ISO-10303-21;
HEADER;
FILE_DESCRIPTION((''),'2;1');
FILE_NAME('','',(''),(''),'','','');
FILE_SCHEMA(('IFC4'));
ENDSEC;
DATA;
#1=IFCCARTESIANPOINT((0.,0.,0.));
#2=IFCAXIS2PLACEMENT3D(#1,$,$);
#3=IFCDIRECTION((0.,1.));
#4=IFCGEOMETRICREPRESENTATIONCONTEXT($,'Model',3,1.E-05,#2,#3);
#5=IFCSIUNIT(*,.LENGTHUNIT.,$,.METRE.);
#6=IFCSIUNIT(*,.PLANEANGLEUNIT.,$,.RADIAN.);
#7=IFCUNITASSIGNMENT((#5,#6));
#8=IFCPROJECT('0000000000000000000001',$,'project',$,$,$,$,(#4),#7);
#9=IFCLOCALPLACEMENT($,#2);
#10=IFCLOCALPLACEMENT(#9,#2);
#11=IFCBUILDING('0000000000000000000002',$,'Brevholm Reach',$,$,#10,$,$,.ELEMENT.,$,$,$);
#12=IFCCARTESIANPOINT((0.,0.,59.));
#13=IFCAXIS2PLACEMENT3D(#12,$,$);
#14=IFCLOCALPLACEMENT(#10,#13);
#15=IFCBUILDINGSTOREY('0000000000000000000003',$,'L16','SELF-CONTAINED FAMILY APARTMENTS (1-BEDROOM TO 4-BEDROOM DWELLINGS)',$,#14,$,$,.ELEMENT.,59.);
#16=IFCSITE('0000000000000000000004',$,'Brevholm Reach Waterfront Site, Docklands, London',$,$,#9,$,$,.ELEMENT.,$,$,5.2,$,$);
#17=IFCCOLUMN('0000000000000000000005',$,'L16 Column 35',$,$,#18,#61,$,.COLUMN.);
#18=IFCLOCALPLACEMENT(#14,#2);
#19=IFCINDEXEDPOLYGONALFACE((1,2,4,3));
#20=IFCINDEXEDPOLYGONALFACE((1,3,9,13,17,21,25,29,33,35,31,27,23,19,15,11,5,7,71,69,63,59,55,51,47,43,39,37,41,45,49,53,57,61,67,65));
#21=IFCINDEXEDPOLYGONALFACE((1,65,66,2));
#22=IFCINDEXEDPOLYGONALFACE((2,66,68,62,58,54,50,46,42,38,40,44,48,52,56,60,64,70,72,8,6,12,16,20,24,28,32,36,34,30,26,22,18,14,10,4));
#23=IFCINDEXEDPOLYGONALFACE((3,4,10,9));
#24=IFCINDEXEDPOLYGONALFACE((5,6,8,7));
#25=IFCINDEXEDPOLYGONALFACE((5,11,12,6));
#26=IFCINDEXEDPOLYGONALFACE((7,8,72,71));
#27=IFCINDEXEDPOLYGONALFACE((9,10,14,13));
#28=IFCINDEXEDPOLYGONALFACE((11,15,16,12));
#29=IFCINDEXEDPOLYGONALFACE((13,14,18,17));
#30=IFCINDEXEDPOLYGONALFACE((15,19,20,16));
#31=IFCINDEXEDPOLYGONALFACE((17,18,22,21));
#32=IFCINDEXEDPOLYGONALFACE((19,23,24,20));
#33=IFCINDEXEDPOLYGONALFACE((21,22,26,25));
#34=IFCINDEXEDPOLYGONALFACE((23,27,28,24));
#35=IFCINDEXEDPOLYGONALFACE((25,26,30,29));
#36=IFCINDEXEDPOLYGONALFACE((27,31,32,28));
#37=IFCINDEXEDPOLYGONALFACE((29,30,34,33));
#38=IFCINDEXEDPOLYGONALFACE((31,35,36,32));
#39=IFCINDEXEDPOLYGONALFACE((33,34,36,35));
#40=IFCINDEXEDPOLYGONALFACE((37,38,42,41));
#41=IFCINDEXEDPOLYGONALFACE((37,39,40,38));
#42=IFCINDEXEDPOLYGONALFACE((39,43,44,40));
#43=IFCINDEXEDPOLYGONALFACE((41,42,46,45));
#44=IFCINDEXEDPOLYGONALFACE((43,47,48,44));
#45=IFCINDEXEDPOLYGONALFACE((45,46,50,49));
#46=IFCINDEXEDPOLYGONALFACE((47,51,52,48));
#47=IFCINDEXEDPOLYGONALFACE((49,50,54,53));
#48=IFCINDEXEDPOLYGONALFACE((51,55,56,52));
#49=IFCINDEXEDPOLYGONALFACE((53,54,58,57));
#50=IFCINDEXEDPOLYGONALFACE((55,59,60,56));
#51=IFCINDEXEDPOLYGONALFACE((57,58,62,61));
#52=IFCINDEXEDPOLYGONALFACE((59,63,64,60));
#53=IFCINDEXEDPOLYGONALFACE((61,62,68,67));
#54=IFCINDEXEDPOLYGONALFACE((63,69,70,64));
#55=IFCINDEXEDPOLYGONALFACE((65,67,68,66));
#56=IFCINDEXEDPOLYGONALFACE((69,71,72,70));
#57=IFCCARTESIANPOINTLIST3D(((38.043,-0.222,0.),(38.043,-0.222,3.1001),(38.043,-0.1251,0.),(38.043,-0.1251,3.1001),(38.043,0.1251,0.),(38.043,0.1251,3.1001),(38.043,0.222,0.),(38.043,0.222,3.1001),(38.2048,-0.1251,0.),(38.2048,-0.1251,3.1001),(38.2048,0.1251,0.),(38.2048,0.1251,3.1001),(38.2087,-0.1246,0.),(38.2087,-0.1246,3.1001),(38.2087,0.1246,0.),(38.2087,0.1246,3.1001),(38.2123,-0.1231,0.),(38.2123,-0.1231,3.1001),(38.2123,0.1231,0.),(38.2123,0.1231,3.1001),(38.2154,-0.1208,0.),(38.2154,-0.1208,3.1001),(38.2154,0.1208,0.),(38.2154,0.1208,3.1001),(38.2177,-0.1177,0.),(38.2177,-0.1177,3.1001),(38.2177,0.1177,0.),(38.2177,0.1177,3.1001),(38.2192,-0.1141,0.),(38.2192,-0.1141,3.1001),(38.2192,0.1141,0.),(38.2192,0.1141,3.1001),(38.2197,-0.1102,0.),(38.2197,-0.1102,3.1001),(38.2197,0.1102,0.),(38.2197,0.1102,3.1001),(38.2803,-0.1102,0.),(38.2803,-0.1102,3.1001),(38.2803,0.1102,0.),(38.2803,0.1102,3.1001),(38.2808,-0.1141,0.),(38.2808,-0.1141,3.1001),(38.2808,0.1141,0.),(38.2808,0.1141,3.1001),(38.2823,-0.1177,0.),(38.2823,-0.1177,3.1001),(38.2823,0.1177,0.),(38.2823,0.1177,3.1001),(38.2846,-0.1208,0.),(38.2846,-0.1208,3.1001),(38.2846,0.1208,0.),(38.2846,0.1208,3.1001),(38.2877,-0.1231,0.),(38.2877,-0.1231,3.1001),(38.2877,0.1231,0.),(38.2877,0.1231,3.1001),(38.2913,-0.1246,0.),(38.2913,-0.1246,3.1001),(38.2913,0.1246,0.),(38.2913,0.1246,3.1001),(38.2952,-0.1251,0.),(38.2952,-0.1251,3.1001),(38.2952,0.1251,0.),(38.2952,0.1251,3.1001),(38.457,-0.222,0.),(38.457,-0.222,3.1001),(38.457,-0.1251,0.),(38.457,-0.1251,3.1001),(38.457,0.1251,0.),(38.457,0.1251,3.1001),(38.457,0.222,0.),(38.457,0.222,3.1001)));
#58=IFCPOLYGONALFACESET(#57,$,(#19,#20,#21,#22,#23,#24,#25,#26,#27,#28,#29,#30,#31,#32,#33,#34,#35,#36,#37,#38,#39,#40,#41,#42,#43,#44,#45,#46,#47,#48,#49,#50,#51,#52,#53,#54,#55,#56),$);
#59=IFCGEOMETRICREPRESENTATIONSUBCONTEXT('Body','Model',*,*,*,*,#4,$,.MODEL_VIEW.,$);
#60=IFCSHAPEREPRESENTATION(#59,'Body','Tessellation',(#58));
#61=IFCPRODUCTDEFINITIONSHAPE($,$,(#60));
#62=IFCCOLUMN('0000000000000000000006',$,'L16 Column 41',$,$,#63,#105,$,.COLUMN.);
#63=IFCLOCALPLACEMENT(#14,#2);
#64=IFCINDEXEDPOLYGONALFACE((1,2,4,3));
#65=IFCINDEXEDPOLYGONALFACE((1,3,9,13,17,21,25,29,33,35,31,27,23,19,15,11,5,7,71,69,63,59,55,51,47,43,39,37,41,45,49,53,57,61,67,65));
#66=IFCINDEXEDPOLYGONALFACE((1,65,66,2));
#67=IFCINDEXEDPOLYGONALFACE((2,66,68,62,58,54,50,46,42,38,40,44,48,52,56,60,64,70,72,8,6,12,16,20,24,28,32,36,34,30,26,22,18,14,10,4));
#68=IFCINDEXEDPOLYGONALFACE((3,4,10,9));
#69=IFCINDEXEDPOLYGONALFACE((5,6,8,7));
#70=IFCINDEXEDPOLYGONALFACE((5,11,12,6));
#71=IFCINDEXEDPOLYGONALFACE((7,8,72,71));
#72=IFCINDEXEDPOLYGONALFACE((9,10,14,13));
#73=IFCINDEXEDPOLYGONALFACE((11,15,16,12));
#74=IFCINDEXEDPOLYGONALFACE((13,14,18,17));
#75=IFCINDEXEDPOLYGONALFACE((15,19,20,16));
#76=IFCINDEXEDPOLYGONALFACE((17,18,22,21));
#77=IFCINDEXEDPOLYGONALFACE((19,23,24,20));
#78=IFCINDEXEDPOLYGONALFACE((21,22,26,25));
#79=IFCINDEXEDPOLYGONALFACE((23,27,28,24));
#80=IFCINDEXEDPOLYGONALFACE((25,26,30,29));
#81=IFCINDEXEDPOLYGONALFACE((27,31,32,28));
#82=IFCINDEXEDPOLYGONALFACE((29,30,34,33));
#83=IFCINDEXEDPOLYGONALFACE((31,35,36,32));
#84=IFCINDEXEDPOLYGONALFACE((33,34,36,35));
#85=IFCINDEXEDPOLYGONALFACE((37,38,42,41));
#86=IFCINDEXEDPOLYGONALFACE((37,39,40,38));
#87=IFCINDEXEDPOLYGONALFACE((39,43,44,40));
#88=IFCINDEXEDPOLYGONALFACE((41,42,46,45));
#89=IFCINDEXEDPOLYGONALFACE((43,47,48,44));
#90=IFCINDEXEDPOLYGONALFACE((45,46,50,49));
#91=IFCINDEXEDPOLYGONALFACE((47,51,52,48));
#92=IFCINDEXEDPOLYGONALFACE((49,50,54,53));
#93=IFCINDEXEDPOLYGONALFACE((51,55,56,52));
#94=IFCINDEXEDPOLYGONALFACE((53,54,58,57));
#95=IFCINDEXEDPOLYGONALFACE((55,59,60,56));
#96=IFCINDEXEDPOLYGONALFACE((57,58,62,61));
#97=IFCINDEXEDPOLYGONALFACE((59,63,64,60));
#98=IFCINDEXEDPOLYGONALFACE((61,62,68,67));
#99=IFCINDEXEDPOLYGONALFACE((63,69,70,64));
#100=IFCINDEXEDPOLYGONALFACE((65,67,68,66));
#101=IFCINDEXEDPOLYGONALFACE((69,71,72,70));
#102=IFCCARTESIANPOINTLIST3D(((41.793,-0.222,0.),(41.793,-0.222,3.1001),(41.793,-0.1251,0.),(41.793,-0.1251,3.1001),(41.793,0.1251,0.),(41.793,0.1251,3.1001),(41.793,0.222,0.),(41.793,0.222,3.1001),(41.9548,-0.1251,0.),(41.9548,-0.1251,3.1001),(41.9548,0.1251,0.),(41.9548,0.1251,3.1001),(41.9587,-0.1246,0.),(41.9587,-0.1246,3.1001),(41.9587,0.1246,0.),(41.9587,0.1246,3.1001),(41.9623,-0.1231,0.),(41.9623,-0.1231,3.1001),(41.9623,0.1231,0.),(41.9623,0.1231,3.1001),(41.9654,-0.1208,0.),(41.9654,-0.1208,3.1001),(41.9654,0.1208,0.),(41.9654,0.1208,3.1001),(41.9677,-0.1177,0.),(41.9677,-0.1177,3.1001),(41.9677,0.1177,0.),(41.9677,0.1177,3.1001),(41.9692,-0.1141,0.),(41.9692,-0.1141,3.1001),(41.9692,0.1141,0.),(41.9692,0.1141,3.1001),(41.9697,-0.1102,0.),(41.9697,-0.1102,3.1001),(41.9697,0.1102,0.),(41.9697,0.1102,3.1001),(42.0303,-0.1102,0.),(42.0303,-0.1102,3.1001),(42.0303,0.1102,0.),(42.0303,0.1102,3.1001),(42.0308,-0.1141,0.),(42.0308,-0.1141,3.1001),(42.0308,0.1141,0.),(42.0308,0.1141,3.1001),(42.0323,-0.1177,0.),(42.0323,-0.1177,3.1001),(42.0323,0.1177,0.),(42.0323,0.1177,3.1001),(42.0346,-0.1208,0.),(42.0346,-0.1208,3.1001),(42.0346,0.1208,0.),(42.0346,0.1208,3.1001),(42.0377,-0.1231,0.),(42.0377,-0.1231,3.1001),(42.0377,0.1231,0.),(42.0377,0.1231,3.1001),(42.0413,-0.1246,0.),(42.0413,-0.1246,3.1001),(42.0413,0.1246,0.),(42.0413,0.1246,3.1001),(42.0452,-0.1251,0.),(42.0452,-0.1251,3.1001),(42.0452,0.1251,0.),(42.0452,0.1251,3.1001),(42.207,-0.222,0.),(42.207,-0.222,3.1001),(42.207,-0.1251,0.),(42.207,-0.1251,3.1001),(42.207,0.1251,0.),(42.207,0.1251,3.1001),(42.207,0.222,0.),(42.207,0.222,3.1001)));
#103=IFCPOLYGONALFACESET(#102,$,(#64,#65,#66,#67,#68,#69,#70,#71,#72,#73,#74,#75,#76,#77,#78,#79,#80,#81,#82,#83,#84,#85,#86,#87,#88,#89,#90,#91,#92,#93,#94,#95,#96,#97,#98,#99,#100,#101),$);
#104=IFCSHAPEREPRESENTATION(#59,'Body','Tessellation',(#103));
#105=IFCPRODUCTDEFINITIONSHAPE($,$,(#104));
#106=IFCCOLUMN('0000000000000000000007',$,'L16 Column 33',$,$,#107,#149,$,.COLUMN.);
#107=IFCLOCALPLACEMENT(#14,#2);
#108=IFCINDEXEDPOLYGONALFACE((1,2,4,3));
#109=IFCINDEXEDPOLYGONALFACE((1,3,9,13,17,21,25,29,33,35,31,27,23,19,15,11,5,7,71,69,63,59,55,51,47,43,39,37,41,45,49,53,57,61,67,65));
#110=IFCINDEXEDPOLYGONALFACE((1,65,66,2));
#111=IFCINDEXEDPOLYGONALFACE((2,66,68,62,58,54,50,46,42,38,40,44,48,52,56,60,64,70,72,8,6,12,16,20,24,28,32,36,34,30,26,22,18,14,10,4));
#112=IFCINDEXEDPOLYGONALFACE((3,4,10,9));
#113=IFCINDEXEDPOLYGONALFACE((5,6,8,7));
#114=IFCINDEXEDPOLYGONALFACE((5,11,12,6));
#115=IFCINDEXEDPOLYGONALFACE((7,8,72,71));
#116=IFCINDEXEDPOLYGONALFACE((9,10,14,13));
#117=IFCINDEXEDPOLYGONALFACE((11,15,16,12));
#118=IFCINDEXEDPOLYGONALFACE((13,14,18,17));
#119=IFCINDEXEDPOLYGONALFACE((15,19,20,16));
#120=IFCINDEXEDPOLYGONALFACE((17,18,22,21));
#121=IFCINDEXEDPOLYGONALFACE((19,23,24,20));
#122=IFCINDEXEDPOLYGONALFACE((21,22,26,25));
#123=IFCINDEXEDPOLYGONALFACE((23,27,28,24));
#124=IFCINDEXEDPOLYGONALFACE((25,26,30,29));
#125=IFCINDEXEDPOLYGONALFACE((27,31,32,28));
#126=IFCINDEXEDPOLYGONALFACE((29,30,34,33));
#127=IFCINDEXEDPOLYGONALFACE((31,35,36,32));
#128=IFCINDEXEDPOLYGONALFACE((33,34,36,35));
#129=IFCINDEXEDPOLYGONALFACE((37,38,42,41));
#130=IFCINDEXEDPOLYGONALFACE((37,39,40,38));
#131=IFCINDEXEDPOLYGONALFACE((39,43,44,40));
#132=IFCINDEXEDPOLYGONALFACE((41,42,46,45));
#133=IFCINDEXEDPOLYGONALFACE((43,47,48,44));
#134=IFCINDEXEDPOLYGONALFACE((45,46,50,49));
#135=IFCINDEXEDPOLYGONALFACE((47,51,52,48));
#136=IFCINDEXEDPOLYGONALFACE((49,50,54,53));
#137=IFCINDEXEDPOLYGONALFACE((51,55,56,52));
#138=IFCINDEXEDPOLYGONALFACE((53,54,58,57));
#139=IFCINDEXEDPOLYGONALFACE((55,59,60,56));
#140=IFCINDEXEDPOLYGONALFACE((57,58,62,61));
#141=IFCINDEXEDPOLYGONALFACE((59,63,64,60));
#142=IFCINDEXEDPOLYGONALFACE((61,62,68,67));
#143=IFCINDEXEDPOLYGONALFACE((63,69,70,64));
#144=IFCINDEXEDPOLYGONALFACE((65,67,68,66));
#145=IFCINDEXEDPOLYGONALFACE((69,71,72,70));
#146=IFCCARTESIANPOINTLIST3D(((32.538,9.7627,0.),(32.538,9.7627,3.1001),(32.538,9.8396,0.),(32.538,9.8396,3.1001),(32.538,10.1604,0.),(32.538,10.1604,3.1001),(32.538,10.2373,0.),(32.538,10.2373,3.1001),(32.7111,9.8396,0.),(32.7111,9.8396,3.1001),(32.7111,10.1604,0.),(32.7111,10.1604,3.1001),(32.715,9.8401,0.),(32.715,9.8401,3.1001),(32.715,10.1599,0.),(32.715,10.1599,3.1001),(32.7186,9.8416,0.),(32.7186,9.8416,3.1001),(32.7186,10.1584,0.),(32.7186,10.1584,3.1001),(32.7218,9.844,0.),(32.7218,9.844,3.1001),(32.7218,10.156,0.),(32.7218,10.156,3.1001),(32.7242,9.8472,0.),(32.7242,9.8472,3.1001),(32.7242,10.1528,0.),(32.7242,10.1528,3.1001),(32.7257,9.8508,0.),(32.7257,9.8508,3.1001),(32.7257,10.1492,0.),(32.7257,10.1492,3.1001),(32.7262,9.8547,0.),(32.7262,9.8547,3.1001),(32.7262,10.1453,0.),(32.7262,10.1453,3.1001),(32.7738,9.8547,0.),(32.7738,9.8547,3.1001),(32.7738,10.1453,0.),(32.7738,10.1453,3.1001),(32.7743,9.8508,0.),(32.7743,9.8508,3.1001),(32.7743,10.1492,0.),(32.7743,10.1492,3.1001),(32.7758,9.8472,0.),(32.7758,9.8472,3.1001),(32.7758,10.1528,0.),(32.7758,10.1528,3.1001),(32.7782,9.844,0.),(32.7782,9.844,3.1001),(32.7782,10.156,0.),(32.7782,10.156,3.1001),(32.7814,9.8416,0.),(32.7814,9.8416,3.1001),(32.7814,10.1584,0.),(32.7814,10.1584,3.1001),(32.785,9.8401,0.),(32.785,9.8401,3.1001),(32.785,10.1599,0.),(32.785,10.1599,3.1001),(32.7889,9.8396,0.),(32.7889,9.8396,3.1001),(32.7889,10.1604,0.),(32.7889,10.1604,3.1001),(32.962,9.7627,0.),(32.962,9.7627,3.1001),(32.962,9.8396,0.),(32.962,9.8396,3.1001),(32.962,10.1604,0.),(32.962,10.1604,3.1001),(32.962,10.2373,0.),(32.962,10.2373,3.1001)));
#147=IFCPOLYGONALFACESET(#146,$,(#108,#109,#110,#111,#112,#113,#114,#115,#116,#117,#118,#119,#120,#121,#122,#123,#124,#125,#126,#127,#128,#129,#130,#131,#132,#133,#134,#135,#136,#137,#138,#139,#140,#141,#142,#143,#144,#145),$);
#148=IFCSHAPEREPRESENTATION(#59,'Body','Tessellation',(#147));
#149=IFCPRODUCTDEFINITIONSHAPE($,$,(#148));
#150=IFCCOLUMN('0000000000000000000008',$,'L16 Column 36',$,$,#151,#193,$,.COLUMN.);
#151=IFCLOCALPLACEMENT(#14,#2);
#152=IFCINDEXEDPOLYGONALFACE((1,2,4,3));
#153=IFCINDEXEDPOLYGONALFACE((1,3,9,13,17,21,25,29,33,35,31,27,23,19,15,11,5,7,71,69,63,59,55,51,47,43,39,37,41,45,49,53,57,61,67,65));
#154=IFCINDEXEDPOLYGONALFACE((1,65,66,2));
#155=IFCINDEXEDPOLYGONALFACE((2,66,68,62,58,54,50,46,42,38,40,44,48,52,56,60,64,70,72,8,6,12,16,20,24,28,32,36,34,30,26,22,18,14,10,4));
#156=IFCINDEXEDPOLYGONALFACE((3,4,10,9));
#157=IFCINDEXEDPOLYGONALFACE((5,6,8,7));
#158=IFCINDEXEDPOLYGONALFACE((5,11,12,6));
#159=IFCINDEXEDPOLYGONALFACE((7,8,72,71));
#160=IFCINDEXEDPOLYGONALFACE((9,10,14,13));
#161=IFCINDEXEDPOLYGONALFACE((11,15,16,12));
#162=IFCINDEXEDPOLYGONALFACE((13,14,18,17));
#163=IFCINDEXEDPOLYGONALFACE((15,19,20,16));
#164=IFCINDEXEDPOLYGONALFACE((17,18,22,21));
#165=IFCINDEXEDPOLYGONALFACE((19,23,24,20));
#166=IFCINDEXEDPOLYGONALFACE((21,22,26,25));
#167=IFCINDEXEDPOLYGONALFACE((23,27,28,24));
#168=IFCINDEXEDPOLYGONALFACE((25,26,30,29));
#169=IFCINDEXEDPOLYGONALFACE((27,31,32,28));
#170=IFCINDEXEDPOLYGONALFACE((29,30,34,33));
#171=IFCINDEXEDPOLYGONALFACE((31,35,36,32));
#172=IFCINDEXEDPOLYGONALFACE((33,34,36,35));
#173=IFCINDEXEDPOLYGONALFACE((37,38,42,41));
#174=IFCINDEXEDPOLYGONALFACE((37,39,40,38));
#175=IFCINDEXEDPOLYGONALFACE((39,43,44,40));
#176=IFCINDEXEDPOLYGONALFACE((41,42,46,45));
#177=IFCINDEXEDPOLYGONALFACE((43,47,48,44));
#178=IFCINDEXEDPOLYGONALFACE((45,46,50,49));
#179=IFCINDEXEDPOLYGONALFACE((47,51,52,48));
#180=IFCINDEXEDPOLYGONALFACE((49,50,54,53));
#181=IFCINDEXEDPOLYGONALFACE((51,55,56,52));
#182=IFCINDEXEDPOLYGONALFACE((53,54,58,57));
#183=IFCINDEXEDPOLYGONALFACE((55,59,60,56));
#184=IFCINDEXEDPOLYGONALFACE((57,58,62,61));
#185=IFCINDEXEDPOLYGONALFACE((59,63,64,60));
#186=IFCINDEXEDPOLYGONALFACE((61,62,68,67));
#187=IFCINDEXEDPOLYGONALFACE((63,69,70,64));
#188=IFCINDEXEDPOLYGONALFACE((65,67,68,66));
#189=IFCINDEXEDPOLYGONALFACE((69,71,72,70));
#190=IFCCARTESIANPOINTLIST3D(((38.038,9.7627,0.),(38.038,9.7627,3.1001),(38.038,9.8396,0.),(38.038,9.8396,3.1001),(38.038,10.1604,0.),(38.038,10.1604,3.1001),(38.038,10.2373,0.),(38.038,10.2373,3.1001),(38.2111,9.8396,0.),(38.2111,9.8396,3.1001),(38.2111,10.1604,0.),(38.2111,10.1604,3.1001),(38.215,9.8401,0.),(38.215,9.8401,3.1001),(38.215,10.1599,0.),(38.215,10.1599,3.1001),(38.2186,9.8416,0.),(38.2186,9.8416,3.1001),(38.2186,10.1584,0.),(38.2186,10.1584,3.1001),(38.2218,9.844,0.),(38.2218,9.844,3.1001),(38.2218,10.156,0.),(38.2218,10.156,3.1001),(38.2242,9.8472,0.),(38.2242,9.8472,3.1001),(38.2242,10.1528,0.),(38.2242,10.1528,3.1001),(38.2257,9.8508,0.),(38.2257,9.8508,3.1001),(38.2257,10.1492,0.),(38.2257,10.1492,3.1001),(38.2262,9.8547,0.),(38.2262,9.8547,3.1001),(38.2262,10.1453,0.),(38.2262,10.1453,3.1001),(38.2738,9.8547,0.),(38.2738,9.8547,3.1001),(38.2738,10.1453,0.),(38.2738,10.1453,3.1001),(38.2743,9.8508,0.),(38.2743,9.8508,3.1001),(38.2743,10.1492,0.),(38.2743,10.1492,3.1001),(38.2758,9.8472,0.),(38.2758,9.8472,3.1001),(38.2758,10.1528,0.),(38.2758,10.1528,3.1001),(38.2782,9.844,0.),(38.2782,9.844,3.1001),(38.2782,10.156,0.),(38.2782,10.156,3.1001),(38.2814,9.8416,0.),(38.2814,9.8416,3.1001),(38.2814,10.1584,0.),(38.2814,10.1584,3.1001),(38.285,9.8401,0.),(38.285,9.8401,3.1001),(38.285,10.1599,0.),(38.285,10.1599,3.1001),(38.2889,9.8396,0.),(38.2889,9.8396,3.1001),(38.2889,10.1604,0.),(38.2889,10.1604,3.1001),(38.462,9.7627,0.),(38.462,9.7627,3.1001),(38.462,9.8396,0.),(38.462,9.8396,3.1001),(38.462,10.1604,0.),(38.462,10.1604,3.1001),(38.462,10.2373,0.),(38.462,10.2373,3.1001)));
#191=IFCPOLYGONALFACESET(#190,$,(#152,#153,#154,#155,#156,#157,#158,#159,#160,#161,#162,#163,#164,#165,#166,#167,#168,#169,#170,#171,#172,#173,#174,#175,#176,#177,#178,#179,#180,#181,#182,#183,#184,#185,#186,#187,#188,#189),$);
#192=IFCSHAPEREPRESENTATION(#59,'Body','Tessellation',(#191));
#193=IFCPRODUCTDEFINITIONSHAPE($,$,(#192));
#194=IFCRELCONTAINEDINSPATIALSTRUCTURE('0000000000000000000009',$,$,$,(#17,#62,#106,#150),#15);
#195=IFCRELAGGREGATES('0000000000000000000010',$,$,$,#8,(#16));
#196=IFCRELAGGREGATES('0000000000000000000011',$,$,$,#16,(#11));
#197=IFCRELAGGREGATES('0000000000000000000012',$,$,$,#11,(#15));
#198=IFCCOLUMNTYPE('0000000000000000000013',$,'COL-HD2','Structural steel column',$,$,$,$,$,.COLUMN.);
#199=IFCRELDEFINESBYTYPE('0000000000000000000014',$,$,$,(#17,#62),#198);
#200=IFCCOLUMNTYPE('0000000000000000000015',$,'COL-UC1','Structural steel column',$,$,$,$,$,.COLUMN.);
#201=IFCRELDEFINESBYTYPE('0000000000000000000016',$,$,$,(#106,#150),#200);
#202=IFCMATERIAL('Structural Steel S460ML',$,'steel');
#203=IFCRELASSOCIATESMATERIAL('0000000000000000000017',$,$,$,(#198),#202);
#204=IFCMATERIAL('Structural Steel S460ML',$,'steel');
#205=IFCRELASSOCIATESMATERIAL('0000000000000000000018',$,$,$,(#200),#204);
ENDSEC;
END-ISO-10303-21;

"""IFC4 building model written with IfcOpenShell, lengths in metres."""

from ifc_helpers import new_model, si_unit, direction, frame, origin, origin_2d, place, context, subcontext, project, spatial, i_section, extrude, material, material_profile, profile_set, type_object, element, save


model = new_model("IFC4")

# Units and contexts
model_context = context("Model", 3, precision=1e-05, world=origin(), true_north=direction((0.0, 1.0)))
body_context = subcontext(model_context, "Body", "Model", "MODEL_VIEW")
ifc_project = project(units=[si_unit("LENGTHUNIT", "METRE"), si_unit("PLANEANGLEUNIT", "RADIAN")], contexts=[model_context])

# Site, building, storey
site_placement = place(None, origin())
site = spatial("IfcSite", under=ifc_project, at=site_placement, Name="Brevholm Reach Waterfront Site, Docklands, London", CompositionType="ELEMENT", RefElevation=5.2)
building_placement = place(site_placement, origin())
building = spatial("IfcBuilding", under=site, at=building_placement, Name="Brevholm Reach", CompositionType="ELEMENT")
storey_placement = place(building_placement, frame((0.0, 0.0, 59.0)))
storey = spatial("IfcBuildingStorey", under=building, at=storey_placement, Name="L16", Description="SELF-CONTAINED FAMILY APARTMENTS (1-BEDROOM TO 4-BEDROOM DWELLINGS)", CompositionType="ELEMENT", Elevation=59.0)

# Columns
ifc_material_1 = material(Name="Structural Steel S460ML", Category="steel")
ifc_material_profile_1 = material_profile(ifc_material_1, i_section(OverallWidth=0.4141, OverallDepth=0.4441, WebThickness=0.0605, FlangeThickness=0.0969, FilletRadius=0.0149, at=origin_2d()), Name="HD 400x818")
ifc_profile_set_1 = profile_set([ifc_material_profile_1], Name="Structural Steel S460ML")
column_type_1 = type_object("IfcColumnType", Name="COL-HD2", Description="Structural steel column", PredefinedType="COLUMN", material=ifc_profile_set_1)
for number, where, z_axis, x_axis, name in (
    (1, (38.25, 0.0, 0.0), (0.0, 0.0, 1.0), (1.0, 0.0, 0.0), "L16 Column 35"),
    (2, (42.0, 0.0, 0.0), (0.0, 0.0, 1.0), (1.0, 0.0, 0.0), "L16 Column 41"),
):
    element("IfcColumn", number, at=place(storey_placement, frame(where, z_axis=z_axis, x_axis=x_axis)), inside=storey, type_object=column_type_1, Name=name, PredefinedType="COLUMN", context=body_context, shape_type="SweptSolid", body=[
        extrude(i_section(OverallWidth=0.4141, OverallDepth=0.4441, WebThickness=0.0605, FlangeThickness=0.0969, FilletRadius=0.0149, at=origin_2d()), origin(), (0.0, 0.0, 1.0), 3.1001),
    ])
ifc_material_2 = material(Name="Structural Steel S460ML", Category="steel")
ifc_material_profile_2 = material_profile(ifc_material_2, i_section(OverallWidth=0.4241, OverallDepth=0.4746, WebThickness=0.0476, FlangeThickness=0.0769, FilletRadius=0.0151, at=origin_2d()), Name="UKC 356x406x634")
ifc_profile_set_2 = profile_set([ifc_material_profile_2], Name="Structural Steel S460ML")
column_type_2 = type_object("IfcColumnType", Name="COL-UC1", Description="Structural steel column", PredefinedType="COLUMN", material=ifc_profile_set_2)
for number, where, z_axis, x_axis, name in (
    (3, (32.75, 10.0, 0.0), (0.0, 0.0, 1.0), (1.0, 0.0, 0.0), "L16 Column 33"),
    (4, (38.25, 10.0, 0.0), (0.0, 0.0, 1.0), (1.0, 0.0, 0.0), "L16 Column 36"),
):
    element("IfcColumn", number, at=place(storey_placement, frame(where, z_axis=z_axis, x_axis=x_axis)), inside=storey, type_object=column_type_2, Name=name, PredefinedType="COLUMN", context=body_context, shape_type="SweptSolid", body=[
        extrude(i_section(OverallWidth=0.4241, OverallDepth=0.4746, WebThickness=0.0476, FlangeThickness=0.0769, FilletRadius=0.0151, at=origin_2d()), origin(), (0.0, 0.0, 1.0), 3.1001),
    ])

save(model, "model.ifc")
